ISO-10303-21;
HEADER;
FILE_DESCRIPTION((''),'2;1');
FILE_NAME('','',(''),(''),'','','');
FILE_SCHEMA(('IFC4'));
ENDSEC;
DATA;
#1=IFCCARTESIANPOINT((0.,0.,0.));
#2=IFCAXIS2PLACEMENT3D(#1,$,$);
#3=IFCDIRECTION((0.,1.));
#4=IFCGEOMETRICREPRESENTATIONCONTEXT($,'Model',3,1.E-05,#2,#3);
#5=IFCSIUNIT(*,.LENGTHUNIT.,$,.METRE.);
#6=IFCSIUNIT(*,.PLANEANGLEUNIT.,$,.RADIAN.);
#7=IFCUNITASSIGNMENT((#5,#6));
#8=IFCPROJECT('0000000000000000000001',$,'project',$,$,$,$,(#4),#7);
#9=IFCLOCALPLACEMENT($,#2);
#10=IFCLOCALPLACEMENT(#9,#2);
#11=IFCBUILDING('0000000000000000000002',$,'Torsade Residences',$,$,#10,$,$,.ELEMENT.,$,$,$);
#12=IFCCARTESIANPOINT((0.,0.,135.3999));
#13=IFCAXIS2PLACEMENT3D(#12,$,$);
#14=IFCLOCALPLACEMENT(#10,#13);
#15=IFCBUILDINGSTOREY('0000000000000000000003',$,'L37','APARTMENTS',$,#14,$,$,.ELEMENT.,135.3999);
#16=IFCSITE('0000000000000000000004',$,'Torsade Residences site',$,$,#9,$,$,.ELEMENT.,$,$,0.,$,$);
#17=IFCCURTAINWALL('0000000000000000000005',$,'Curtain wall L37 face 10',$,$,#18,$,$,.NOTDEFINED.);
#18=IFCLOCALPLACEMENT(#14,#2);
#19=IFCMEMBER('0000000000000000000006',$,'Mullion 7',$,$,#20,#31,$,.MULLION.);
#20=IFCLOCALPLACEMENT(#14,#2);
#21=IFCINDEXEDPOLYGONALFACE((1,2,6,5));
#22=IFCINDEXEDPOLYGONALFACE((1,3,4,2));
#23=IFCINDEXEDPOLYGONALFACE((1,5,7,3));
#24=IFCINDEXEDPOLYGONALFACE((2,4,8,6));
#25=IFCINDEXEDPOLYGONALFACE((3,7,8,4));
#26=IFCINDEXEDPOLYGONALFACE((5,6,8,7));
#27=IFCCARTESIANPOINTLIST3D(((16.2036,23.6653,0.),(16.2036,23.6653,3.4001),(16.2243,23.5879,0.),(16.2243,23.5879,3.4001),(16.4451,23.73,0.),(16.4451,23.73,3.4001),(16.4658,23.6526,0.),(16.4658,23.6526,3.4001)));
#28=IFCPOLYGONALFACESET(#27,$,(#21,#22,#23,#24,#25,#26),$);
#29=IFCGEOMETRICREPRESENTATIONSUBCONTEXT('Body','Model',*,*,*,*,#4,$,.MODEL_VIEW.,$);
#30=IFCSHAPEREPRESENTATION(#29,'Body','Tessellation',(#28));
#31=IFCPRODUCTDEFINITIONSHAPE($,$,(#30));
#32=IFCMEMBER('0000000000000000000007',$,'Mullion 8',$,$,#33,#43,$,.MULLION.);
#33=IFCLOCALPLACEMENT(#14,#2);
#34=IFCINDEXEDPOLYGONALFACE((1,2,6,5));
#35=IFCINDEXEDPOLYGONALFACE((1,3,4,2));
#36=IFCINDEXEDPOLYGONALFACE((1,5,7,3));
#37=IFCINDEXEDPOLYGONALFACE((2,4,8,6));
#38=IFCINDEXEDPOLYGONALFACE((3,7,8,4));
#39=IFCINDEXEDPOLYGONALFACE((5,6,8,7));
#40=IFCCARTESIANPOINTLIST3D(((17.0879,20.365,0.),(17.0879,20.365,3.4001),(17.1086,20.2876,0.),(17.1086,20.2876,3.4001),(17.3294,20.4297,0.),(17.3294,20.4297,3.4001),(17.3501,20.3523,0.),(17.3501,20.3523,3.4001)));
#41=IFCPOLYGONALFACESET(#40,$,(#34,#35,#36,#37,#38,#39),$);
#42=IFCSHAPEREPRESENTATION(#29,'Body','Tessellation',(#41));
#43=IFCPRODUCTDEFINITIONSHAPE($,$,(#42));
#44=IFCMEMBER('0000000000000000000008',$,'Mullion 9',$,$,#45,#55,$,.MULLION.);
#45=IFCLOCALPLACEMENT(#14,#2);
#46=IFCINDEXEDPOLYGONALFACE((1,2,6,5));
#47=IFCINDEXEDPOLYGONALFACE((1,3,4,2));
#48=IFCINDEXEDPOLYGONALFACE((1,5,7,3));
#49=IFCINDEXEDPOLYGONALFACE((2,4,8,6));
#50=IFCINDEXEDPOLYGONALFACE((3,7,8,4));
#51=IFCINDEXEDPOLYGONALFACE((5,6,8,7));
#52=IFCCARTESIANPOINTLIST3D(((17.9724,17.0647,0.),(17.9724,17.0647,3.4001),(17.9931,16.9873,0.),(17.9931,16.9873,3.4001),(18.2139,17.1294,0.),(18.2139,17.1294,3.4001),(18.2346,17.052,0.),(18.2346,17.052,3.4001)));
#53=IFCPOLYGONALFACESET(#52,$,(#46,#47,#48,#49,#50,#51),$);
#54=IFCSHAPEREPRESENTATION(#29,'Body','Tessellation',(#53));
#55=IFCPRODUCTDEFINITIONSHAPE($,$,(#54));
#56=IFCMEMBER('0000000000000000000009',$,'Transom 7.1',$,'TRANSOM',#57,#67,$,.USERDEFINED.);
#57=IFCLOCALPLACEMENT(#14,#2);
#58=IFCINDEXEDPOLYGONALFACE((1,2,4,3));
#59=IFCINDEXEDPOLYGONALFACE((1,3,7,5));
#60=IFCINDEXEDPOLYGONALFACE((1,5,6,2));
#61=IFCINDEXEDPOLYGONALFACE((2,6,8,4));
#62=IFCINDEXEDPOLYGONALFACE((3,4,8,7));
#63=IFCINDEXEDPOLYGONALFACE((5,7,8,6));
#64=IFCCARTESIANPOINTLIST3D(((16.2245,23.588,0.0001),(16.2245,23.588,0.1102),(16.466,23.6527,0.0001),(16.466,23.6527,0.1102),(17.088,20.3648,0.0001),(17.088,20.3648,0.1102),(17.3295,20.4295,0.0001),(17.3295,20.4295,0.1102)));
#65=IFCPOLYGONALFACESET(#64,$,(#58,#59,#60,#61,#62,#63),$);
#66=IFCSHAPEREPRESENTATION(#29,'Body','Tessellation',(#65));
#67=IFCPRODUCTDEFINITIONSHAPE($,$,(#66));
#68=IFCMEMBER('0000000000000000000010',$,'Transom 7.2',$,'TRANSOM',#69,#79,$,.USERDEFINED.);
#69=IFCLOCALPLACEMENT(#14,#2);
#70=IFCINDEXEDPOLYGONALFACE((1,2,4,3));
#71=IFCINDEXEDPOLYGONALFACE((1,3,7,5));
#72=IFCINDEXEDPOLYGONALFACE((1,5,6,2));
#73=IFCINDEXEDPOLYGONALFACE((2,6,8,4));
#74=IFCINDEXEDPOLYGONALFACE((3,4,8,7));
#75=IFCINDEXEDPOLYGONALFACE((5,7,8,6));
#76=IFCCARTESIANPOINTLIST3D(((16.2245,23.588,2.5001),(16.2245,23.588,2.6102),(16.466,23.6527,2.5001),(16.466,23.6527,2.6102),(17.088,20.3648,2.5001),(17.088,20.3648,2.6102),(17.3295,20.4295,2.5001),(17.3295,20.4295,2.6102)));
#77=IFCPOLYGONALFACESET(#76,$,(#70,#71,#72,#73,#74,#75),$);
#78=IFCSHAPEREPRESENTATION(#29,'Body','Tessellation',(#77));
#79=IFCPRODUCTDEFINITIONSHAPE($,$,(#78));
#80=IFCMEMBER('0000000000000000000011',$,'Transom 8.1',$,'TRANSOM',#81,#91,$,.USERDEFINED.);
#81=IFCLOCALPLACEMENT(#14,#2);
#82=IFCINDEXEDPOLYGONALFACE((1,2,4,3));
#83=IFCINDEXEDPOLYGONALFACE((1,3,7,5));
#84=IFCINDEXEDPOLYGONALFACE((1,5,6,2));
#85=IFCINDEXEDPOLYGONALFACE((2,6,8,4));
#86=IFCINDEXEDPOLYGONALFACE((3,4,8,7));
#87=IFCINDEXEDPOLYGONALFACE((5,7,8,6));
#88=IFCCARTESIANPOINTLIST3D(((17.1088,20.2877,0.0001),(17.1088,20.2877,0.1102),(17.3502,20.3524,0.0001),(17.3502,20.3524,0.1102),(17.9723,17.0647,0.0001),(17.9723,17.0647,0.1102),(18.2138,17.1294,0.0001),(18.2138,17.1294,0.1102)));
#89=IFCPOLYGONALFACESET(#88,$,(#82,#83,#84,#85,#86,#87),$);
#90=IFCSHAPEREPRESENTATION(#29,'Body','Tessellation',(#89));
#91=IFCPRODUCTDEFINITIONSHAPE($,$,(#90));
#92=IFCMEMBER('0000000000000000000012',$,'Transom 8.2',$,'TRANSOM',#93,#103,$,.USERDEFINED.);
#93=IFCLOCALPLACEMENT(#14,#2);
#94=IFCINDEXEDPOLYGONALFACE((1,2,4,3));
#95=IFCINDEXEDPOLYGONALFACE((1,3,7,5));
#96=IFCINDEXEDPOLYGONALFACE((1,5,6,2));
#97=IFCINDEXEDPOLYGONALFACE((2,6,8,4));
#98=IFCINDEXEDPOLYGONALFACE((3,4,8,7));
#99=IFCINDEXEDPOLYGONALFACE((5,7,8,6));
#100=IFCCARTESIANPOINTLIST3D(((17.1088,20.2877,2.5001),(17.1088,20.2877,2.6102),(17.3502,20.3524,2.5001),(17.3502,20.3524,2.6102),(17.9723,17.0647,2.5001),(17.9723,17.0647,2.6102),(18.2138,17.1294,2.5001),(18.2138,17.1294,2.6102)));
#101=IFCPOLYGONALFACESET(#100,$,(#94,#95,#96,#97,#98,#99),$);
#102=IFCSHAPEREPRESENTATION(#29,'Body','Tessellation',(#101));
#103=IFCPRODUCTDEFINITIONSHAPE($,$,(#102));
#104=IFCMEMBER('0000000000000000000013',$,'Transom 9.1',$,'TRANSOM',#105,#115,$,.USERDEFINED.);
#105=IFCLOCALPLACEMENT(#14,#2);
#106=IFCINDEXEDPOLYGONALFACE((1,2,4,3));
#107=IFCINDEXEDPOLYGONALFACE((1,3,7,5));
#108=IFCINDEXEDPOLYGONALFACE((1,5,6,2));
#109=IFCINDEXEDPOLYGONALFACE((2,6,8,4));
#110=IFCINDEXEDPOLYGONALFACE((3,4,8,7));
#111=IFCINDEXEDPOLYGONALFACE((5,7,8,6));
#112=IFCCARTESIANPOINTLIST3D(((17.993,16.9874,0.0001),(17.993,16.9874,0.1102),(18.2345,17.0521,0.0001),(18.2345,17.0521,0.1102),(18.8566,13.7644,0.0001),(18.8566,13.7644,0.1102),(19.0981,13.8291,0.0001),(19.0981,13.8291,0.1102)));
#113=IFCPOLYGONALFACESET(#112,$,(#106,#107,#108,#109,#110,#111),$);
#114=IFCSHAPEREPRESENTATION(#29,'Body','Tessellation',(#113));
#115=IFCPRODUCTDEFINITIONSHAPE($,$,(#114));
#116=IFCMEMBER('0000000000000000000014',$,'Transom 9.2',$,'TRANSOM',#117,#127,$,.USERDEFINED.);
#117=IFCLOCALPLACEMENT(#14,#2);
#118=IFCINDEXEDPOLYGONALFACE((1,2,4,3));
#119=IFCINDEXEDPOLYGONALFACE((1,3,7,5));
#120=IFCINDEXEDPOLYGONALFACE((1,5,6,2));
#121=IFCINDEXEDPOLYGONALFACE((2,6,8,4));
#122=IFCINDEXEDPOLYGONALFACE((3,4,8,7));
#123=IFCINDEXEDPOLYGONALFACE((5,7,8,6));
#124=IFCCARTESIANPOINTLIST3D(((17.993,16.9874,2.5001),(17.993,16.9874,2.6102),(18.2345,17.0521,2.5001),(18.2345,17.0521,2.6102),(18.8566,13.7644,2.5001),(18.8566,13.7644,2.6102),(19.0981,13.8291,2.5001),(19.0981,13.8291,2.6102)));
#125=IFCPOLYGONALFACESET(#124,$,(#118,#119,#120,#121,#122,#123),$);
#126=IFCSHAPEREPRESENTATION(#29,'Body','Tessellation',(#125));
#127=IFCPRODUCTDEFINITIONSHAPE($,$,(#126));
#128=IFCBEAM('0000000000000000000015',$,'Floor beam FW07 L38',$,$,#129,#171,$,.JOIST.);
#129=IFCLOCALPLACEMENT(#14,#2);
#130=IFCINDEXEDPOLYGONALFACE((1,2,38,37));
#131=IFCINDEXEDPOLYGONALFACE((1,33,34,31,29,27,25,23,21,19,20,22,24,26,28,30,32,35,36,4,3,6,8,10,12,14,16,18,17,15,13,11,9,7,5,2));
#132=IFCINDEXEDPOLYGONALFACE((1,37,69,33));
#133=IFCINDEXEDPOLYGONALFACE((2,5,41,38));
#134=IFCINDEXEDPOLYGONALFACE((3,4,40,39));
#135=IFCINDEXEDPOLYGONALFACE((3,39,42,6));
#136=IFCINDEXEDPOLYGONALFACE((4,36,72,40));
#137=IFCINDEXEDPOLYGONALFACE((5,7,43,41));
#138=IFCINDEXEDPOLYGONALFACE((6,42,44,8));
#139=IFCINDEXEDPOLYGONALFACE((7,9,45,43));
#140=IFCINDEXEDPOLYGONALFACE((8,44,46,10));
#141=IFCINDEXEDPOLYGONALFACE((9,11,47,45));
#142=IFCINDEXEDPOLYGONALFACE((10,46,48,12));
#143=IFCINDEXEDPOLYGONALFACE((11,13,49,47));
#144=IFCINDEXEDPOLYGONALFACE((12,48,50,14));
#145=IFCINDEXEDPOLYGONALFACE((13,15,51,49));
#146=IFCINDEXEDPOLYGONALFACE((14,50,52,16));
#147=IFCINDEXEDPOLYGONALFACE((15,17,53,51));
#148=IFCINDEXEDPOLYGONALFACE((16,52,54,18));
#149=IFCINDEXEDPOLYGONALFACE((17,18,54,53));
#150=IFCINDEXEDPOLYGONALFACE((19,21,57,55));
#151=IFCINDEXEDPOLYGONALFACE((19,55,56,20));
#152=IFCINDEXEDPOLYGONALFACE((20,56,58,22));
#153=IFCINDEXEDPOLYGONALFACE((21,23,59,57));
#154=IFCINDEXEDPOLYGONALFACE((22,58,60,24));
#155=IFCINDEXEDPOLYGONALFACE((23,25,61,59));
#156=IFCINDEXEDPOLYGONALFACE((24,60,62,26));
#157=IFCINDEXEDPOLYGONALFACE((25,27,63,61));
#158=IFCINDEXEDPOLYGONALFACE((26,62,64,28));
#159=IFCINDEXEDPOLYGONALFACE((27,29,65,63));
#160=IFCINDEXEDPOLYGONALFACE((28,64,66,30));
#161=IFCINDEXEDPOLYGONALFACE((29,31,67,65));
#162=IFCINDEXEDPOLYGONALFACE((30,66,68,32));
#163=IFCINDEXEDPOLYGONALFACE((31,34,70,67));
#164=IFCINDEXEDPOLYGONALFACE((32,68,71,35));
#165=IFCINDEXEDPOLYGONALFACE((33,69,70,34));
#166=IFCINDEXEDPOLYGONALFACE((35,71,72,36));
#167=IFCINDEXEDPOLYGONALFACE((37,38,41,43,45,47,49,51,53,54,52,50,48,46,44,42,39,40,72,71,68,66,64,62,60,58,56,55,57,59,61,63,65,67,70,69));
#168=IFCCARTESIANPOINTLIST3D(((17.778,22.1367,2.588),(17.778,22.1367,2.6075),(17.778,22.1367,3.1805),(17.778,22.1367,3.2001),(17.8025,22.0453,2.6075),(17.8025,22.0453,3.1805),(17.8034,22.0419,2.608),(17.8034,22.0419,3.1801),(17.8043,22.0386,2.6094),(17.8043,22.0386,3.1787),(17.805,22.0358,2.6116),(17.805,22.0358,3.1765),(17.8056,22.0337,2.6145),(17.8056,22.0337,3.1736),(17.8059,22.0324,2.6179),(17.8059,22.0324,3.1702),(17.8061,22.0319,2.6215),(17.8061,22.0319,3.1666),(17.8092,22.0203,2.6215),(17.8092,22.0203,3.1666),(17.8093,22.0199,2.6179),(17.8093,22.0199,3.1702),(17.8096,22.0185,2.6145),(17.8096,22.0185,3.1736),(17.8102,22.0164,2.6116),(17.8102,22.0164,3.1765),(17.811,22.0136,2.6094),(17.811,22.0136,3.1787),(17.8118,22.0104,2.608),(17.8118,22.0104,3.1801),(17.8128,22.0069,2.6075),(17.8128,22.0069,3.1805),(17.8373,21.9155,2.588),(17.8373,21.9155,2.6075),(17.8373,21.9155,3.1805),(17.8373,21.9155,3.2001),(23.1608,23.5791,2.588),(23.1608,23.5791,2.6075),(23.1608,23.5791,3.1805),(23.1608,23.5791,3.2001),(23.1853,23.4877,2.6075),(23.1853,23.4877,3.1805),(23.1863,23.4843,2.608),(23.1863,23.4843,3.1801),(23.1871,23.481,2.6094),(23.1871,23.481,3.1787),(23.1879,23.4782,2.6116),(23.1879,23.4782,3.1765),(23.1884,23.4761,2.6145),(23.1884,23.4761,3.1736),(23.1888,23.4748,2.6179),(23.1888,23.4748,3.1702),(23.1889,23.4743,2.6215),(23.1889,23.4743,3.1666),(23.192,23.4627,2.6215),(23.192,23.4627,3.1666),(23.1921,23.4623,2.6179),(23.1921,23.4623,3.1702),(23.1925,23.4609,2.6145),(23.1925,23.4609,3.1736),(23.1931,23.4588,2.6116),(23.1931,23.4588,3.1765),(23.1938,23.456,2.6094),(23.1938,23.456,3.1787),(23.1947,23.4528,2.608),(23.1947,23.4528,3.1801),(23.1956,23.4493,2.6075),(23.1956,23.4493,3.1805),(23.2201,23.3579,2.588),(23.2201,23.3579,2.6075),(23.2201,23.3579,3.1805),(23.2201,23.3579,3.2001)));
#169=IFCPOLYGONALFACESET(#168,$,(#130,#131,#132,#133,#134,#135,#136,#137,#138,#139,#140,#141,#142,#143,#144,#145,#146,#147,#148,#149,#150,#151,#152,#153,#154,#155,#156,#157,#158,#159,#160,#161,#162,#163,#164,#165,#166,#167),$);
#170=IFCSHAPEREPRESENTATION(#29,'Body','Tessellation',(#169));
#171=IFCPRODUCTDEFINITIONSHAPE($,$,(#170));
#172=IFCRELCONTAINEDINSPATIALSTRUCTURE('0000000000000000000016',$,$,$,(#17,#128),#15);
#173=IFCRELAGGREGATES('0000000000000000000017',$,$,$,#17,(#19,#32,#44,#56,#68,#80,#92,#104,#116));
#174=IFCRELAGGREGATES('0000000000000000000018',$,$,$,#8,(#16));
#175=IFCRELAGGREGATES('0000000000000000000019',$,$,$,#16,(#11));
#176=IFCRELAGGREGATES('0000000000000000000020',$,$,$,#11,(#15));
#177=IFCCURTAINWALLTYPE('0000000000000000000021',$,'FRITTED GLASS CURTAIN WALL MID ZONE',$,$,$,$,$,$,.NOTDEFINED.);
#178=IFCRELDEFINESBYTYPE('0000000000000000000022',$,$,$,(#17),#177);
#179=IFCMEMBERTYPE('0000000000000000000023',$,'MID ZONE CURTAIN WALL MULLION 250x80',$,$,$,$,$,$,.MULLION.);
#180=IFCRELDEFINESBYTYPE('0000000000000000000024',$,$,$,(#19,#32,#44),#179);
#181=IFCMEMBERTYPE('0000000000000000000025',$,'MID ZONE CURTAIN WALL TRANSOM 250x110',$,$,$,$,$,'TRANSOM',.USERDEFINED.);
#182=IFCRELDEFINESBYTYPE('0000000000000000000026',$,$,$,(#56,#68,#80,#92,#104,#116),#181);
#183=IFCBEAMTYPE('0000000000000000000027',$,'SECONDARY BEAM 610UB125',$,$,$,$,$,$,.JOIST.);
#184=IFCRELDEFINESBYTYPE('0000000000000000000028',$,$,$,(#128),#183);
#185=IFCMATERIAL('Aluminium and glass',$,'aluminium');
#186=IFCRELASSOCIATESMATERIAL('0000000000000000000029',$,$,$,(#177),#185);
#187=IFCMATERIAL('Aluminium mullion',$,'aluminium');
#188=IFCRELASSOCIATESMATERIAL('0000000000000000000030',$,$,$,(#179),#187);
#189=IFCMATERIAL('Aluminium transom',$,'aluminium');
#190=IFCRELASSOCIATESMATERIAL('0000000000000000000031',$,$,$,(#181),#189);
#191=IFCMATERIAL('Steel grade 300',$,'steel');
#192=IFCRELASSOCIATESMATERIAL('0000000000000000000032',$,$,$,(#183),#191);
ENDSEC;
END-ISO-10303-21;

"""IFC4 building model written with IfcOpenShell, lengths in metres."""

from ifc_helpers import new_model, si_unit, direction, frame, origin, origin_2d, place, context, subcontext, project, spatial, rectangle, i_section, extrude, material, material_profile, profile_set, type_object, element, aggregate, save


model = new_model("IFC4")

# Units and contexts
model_context = context("Model", 3, precision=1e-05, world=origin(), true_north=direction((0.0, 1.0)))
body_context = subcontext(model_context, "Body", "Model", "MODEL_VIEW")
ifc_project = project(units=[si_unit("LENGTHUNIT", "METRE"), si_unit("PLANEANGLEUNIT", "RADIAN")], contexts=[model_context])

# Site, building, storey
site_placement = place(None, origin())
site = spatial("IfcSite", under=ifc_project, at=site_placement, Name="Torsade Residences site", CompositionType="ELEMENT", RefElevation=0.0)
building_placement = place(site_placement, origin())
building = spatial("IfcBuilding", under=site, at=building_placement, Name="Torsade Residences", CompositionType="ELEMENT")
storey_placement = place(building_placement, frame((0.0, 0.0, 135.3999)))
storey = spatial("IfcBuildingStorey", under=building, at=storey_placement, Name="L37", Description="APARTMENTS", CompositionType="ELEMENT", Elevation=135.3999)

# Curtain wall, members
ifc_material_1 = material(Name="Aluminium and glass", Category="aluminium")
curtain_wall_type = type_object("IfcCurtainWallType", Name="FRITTED GLASS CURTAIN WALL MID ZONE", PredefinedType="NOTDEFINED", material=ifc_material_1)
curtain_wall_placement = place(storey_placement, origin())
curtain_wall = element("IfcCurtainWall", 1, at=curtain_wall_placement, inside=storey, type_object=curtain_wall_type, Name="Curtain wall L37 face 10", PredefinedType="NOTDEFINED")
ifc_material_2 = material(Name="Aluminium mullion", Category="aluminium")
ifc_material_profile_1 = material_profile(ifc_material_2, rectangle(XDim=0.25, YDim=0.0801, at=origin_2d()), Name="MID ZONE CURTAIN WALL MULLION 250x80")
ifc_profile_set_1 = profile_set([ifc_material_profile_1], Name="Aluminium mullion")
member_type_1 = type_object("IfcMemberType", Name="MID ZONE CURTAIN WALL MULLION 250x80", PredefinedType="MULLION", material=ifc_profile_set_1)
member_1_placement = place(storey_placement, frame((16.3347, 23.6589, 0.0), z_axis=(0.0, 0.0, 1.0), x_axis=(0.965926, 0.258819, 0.0)))
member_1 = element("IfcMember", 2, at=member_1_placement, type_object=member_type_1, Name="Mullion 7", PredefinedType="MULLION", context=body_context, shape_type="SweptSolid", body=[
    extrude(rectangle(XDim=0.25, YDim=0.0801, at=origin_2d()), origin(), (0.0, 0.0, 1.0), 3.4001),
])
member_2_placement = place(storey_placement, frame((17.219, 20.3586, 0.0), z_axis=(0.0, 0.0, 1.0), x_axis=(0.965926, 0.258819, 0.0)))
member_2 = element("IfcMember", 3, at=member_2_placement, type_object=member_type_1, Name="Mullion 8", PredefinedType="MULLION", context=body_context, shape_type="SweptSolid", body=[
    extrude(rectangle(XDim=0.25, YDim=0.0801, at=origin_2d()), origin(), (0.0, 0.0, 1.0), 3.4001),
])
member_3_placement = place(storey_placement, frame((18.1035, 17.0583, 0.0), z_axis=(0.0, 0.0, 1.0), x_axis=(0.965926, 0.258819, 0.0)))
member_3 = element("IfcMember", 4, at=member_3_placement, type_object=member_type_1, Name="Mullion 9", PredefinedType="MULLION", context=body_context, shape_type="SweptSolid", body=[
    extrude(rectangle(XDim=0.25, YDim=0.0801, at=origin_2d()), origin(), (0.0, 0.0, 1.0), 3.4001),
])
ifc_material_3 = material(Name="Aluminium transom", Category="aluminium")
ifc_material_profile_2 = material_profile(ifc_material_3, rectangle(XDim=0.25, YDim=0.1101, at=origin_2d()), Name="MID ZONE CURTAIN WALL TRANSOM 250x110")
ifc_profile_set_2 = profile_set([ifc_material_profile_2], Name="Aluminium transom")
member_type_2 = type_object("IfcMemberType", Name="MID ZONE CURTAIN WALL TRANSOM 250x110", ElementType="TRANSOM", PredefinedType="USERDEFINED", material=ifc_profile_set_2)
member_4_placement = place(storey_placement, frame((16.3452, 23.6204, 0.0552), z_axis=(0.258787, -0.965934, 0.0), x_axis=(0.965934, 0.258787, 0.0)))
member_4 = element("IfcMember", 5, at=member_4_placement, type_object=member_type_2, Name="Transom 7.1", ObjectType="TRANSOM", PredefinedType="USERDEFINED", context=body_context, shape_type="SweptSolid", body=[
    extrude(rectangle(XDim=0.25, YDim=0.1101, at=origin_2d()), origin(), (0.0, 0.0, 1.0), 3.3369),
])
member_5_placement = place(storey_placement, frame((16.3452, 23.6204, 2.5552), z_axis=(0.258787, -0.965934, 0.0), x_axis=(0.965934, 0.258787, 0.0)))
member_5 = element("IfcMember", 6, at=member_5_placement, type_object=member_type_2, Name="Transom 7.2", ObjectType="TRANSOM", PredefinedType="USERDEFINED", context=body_context, shape_type="SweptSolid", body=[
    extrude(rectangle(XDim=0.25, YDim=0.1101, at=origin_2d()), origin(), (0.0, 0.0, 1.0), 3.3369),
])
member_6_placement = place(storey_placement, frame((17.2295, 20.3201, 0.0552), z_axis=(0.258806, -0.965929, 0.0), x_axis=(0.965929, 0.258806, 0.0)))
member_6 = element("IfcMember", 7, at=member_6_placement, type_object=member_type_2, Name="Transom 8.1", ObjectType="TRANSOM", PredefinedType="USERDEFINED", context=body_context, shape_type="SweptSolid", body=[
    extrude(rectangle(XDim=0.25, YDim=0.1101, at=origin_2d()), origin(), (0.0, 0.0, 1.0), 3.3367),
])
member_7_placement = place(storey_placement, frame((17.2295, 20.3201, 2.5552), z_axis=(0.258806, -0.965929, 0.0), x_axis=(0.965929, 0.258806, 0.0)))
member_7 = element("IfcMember", 8, at=member_7_placement, type_object=member_type_2, Name="Transom 8.2", ObjectType="TRANSOM", PredefinedType="USERDEFINED", context=body_context, shape_type="SweptSolid", body=[
    extrude(rectangle(XDim=0.25, YDim=0.1101, at=origin_2d()), origin(), (0.0, 0.0, 1.0), 3.3367),
])
member_8_placement = place(storey_placement, frame((18.1138, 17.0198, 0.0552), z_axis=(0.258806, -0.965929, 0.0), x_axis=(0.965929, 0.258806, 0.0)))
member_8 = element("IfcMember", 9, at=member_8_placement, type_object=member_type_2, Name="Transom 9.1", ObjectType="TRANSOM", PredefinedType="USERDEFINED", context=body_context, shape_type="SweptSolid", body=[
    extrude(rectangle(XDim=0.25, YDim=0.1101, at=origin_2d()), origin(), (0.0, 0.0, 1.0), 3.3367),
])
member_9_placement = place(storey_placement, frame((18.1138, 17.0198, 2.5552), z_axis=(0.258806, -0.965929, 0.0), x_axis=(0.965929, 0.258806, 0.0)))
member_9 = element("IfcMember", 10, at=member_9_placement, type_object=member_type_2, Name="Transom 9.2", ObjectType="TRANSOM", PredefinedType="USERDEFINED", context=body_context, shape_type="SweptSolid", body=[
    extrude(rectangle(XDim=0.25, YDim=0.1101, at=origin_2d()), origin(), (0.0, 0.0, 1.0), 3.3367),
])

# Beam
ifc_material_4 = material(Name="Steel grade 300", Category="steel")
ifc_material_profile_3 = material_profile(ifc_material_4, i_section(OverallWidth=0.229, OverallDepth=0.6121, WebThickness=0.012, FlangeThickness=0.0195, FilletRadius=0.0139, at=origin_2d()), Name="610UB125")
ifc_profile_set_3 = profile_set([ifc_material_profile_3], Name="Steel grade 300")
beam_type = type_object("IfcBeamType", Name="SECONDARY BEAM 610UB125", PredefinedType="JOIST", material=ifc_profile_set_3)
beam_1_placement = place(storey_placement, frame((17.8076, 22.0261, 2.894), z_axis=(0.965923, 0.25883, 0.0), x_axis=(-0.25883, 0.965923, 0.0)))
element("IfcBeam", 11, at=beam_1_placement, inside=storey, type_object=beam_type, Name="Floor beam FW07 L38", PredefinedType="JOIST", context=body_context, shape_type="SweptSolid", body=[
    extrude(i_section(OverallWidth=0.229, OverallDepth=0.6121, WebThickness=0.012, FlangeThickness=0.0195, FilletRadius=0.0139, at=origin_2d()), origin(), (0.0, 0.0, 1.0), 5.5728),
])

aggregate(curtain_wall, [member_1, member_2, member_3, member_4, member_5, member_6, member_7, member_8, member_9])

save(model, "model.ifc")
